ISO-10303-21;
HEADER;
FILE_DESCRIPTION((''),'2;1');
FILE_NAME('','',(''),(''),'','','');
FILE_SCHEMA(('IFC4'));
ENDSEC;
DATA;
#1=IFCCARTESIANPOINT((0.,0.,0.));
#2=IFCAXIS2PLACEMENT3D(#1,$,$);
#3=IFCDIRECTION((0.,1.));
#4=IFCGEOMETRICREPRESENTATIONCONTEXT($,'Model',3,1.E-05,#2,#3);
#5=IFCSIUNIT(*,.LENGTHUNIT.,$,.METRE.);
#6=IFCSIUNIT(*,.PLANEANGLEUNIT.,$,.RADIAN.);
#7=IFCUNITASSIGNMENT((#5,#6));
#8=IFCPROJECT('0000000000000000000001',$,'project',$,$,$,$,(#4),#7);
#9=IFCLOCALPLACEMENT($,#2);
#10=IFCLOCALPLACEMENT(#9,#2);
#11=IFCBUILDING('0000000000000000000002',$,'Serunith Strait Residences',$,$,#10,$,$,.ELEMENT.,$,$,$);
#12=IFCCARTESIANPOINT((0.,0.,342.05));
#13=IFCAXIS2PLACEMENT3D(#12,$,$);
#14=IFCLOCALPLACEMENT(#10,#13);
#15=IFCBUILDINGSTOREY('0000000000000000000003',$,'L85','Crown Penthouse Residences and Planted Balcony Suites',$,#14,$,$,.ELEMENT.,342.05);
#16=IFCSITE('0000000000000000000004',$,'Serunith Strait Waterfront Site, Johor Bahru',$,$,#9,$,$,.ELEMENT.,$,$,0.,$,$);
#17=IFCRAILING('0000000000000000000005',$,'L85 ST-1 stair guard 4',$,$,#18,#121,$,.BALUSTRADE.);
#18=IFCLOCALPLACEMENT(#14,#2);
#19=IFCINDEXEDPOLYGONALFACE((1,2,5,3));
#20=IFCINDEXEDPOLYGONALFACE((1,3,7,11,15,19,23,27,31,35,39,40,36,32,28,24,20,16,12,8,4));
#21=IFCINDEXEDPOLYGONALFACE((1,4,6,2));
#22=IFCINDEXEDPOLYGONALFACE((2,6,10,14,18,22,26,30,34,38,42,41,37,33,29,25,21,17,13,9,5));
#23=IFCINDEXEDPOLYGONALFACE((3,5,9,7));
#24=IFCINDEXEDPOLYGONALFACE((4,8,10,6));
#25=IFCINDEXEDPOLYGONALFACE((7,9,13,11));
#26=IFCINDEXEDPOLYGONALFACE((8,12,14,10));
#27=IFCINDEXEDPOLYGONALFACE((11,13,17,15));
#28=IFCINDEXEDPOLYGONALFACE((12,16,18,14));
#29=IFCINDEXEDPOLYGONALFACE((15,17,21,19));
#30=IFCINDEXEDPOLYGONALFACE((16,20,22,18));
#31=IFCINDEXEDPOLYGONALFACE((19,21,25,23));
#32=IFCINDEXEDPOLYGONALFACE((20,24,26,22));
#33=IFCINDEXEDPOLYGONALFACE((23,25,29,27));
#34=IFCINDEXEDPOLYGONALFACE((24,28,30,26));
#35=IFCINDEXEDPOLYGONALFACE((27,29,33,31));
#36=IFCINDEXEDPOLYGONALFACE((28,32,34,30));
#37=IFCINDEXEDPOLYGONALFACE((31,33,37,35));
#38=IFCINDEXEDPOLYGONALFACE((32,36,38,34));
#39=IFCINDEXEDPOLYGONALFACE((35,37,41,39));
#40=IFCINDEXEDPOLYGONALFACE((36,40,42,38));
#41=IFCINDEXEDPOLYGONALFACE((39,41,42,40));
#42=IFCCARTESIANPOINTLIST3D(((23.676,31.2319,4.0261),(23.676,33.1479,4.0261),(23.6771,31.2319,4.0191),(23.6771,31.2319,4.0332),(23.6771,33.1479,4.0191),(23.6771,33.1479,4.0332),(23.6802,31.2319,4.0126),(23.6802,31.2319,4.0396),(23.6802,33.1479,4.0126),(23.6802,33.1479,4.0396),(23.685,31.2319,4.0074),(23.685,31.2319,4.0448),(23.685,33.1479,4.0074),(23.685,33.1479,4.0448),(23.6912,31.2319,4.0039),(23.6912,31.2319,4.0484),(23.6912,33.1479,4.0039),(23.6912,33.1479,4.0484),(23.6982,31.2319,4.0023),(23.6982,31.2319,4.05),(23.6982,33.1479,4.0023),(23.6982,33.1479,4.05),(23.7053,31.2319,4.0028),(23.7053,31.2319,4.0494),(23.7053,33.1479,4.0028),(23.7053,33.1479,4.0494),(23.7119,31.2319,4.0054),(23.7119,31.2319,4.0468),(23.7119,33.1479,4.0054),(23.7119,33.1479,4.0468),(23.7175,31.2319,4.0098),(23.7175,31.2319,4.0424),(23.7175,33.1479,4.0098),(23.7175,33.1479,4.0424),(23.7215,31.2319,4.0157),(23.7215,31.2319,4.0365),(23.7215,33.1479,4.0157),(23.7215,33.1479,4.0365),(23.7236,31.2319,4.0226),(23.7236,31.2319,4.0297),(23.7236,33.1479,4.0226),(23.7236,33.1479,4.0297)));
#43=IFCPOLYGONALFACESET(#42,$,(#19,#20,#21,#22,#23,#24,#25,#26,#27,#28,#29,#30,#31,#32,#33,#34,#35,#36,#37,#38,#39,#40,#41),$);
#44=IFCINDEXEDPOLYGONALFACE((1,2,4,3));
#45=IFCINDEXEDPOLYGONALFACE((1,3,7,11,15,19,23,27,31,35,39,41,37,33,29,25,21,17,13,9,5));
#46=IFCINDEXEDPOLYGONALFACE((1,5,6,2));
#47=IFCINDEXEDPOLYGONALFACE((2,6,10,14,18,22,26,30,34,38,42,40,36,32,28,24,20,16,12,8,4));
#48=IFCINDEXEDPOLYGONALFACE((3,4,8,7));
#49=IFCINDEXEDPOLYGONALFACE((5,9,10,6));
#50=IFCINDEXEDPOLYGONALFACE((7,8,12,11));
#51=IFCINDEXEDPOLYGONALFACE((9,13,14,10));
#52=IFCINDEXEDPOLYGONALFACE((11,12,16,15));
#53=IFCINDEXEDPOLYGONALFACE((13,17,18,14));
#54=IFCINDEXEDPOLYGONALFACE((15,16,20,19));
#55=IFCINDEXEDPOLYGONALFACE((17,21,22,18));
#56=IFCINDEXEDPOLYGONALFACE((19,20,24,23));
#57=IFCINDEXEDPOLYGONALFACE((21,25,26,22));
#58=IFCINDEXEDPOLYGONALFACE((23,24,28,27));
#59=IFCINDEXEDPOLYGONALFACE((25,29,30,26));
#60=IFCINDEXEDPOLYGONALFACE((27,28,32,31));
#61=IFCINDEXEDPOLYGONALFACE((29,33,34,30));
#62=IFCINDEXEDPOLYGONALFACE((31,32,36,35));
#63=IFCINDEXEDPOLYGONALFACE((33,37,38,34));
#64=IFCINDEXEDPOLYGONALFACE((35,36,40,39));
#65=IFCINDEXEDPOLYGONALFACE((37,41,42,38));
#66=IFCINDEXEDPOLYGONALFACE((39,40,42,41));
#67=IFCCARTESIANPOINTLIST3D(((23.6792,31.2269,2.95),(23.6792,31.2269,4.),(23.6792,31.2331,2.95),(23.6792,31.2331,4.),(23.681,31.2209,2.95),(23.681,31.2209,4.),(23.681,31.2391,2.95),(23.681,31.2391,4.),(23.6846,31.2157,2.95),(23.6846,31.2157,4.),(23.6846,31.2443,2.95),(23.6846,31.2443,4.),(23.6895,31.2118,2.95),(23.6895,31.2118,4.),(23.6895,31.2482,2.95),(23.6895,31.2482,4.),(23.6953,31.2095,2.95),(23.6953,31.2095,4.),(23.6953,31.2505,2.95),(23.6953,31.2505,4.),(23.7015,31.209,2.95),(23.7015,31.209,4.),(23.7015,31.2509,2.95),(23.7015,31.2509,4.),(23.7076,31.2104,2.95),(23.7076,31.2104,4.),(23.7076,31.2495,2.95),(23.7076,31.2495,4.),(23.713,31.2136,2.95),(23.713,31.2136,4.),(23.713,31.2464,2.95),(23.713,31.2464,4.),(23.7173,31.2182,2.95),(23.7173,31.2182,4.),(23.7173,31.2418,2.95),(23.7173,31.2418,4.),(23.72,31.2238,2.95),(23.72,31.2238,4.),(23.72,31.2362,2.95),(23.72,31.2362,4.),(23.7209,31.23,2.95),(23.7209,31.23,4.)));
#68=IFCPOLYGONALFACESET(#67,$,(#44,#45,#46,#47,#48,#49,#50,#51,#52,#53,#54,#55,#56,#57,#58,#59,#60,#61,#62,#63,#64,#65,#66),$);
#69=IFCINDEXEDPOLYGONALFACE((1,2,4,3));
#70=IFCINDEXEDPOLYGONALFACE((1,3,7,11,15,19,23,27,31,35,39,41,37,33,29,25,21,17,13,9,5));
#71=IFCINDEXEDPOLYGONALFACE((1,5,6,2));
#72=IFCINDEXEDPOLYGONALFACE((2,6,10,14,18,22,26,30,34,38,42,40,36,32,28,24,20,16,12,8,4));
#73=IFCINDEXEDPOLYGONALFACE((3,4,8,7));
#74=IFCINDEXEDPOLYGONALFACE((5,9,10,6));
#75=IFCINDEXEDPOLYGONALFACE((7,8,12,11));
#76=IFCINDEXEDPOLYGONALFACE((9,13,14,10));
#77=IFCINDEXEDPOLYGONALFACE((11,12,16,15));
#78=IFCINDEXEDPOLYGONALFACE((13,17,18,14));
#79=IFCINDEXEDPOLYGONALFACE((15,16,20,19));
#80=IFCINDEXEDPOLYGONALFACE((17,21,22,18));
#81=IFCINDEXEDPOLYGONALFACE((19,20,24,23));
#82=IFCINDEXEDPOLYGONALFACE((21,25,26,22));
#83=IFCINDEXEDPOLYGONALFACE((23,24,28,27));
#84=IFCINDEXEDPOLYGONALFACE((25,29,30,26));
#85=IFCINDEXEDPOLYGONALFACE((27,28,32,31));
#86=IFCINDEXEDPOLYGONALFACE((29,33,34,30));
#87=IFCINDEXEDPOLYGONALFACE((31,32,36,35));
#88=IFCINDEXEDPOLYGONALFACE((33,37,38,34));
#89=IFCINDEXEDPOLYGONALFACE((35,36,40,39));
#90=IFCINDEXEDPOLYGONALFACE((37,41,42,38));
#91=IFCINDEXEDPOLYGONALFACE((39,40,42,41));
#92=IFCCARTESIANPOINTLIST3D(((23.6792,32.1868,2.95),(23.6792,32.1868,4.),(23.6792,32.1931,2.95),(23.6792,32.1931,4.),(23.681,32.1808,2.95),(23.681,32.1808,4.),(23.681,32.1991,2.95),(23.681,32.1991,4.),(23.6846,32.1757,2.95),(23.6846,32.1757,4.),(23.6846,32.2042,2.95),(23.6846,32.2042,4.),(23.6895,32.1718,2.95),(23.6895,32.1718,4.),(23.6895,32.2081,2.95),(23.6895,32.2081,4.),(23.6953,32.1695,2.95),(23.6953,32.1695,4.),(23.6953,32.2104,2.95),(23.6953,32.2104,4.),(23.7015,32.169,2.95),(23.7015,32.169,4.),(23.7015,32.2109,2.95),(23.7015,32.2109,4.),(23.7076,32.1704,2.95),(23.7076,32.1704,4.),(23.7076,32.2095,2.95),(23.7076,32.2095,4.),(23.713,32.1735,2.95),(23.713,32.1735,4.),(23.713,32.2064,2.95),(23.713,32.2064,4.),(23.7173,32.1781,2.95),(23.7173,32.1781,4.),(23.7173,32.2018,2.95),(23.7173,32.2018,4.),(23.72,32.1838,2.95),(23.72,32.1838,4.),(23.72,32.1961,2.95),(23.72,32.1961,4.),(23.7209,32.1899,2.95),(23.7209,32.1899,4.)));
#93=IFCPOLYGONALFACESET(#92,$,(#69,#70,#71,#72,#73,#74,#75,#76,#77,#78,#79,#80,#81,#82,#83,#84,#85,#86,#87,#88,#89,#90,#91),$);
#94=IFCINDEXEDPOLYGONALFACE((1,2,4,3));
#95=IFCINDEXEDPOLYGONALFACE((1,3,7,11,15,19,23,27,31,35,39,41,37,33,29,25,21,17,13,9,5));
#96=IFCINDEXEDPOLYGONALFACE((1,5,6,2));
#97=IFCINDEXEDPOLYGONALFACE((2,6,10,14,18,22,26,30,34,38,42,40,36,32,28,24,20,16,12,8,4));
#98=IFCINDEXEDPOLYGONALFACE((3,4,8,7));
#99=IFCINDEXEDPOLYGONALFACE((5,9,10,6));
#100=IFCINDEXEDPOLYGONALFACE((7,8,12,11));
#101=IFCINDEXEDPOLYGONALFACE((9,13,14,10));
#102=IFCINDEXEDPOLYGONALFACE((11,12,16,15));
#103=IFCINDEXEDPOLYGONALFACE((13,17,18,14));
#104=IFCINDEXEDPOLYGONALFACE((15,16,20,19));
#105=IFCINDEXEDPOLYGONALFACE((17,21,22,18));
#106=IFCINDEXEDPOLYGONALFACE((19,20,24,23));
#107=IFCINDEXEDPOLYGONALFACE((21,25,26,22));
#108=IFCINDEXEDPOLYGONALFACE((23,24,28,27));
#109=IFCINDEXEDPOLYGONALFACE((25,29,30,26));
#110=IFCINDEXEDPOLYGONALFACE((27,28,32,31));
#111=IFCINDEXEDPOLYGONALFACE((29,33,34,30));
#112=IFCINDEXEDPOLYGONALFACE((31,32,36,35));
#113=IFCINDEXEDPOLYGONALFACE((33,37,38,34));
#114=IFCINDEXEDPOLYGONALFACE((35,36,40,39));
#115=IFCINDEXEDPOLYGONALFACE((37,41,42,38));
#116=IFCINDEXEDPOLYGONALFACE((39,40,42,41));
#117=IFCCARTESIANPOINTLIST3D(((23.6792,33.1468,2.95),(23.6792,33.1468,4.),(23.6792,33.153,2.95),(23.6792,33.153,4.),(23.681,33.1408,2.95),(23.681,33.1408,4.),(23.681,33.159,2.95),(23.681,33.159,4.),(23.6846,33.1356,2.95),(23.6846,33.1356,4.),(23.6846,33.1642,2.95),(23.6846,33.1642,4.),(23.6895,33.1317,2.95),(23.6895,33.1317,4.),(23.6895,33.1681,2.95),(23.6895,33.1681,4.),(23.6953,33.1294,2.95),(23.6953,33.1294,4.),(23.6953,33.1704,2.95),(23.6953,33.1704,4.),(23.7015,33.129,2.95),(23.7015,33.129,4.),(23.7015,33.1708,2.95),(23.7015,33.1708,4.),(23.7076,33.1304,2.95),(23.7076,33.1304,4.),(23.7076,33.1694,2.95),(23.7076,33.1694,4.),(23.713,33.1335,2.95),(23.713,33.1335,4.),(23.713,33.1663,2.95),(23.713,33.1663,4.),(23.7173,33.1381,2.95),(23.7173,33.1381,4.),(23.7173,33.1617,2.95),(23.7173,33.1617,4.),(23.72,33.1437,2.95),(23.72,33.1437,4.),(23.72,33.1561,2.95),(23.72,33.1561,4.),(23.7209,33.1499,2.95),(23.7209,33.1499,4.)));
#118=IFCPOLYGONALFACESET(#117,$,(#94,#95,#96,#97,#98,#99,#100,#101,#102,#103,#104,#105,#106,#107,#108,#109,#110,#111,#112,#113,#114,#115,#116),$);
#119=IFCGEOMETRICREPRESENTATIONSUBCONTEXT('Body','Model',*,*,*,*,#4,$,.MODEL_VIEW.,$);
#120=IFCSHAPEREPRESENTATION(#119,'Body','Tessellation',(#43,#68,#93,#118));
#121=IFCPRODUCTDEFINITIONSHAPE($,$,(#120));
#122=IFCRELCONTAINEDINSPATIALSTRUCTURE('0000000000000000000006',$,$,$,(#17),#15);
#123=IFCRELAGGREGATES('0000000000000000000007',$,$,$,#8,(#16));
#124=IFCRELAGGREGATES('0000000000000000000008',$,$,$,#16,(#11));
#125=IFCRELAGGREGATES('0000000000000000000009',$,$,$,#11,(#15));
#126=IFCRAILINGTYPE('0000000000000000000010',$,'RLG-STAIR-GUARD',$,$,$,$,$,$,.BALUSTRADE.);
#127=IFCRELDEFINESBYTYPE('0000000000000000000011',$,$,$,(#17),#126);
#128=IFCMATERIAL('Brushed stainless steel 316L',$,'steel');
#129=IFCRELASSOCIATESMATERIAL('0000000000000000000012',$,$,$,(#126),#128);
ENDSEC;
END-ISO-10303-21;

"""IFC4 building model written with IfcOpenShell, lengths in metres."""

from ifc_helpers import new_model, si_unit, direction, frame, origin, origin_2d, place, context, subcontext, project, spatial, circle, extrude, material, type_object, element, save


model = new_model("IFC4")

# Units and contexts
model_context = context("Model", 3, precision=1e-05, world=origin(), true_north=direction((0.0, 1.0)))
body_context = subcontext(model_context, "Body", "Model", "MODEL_VIEW")
ifc_project = project(units=[si_unit("LENGTHUNIT", "METRE"), si_unit("PLANEANGLEUNIT", "RADIAN")], contexts=[model_context])

# Site, building, storey
site_placement = place(None, origin())
site = spatial("IfcSite", under=ifc_project, at=site_placement, Name="Serunith Strait Waterfront Site, Johor Bahru", CompositionType="ELEMENT", RefElevation=0.0)
building_placement = place(site_placement, origin())
building = spatial("IfcBuilding", under=site, at=building_placement, Name="Serunith Strait Residences", CompositionType="ELEMENT")
storey_placement = place(building_placement, frame((0.0, 0.0, 342.05)))
storey = spatial("IfcBuildingStorey", under=building, at=storey_placement, Name="L85", Description="Crown Penthouse Residences and Planted Balcony Suites", CompositionType="ELEMENT", Elevation=342.05)

# Railing
ifc_material_1 = material(Name="Brushed stainless steel 316L", Category="steel")
railing_type_1 = type_object("IfcRailingType", Name="RLG-STAIR-GUARD", PredefinedType="BALUSTRADE", material=ifc_material_1)
for number, where, name in (
    (1, (23.7, 31.23, 2.95), "L85 ST-1 stair guard 4"),
):
    element("IfcRailing", number, at=place(storey_placement, frame(where)), inside=storey, type_object=railing_type_1, Name=name, PredefinedType="BALUSTRADE", context=body_context, shape_type="SweptSolid", body=[
        extrude(circle(Radius=0.0239, at=origin_2d()), frame((0.0, 0.002, 1.0762), z_axis=(0.0, 1.0, 0.0), x_axis=(-1.0, 0.0, 0.0)), (0.0, 0.0, 1.0), 1.916),
        extrude(circle(Radius=0.021, at=origin_2d()), origin(), (0.0, 0.0, 1.0), 1.05),
        extrude(circle(Radius=0.021, at=origin_2d()), frame((0.0, 0.96, 0.0)), (0.0, 0.0, 1.0), 1.05),
        extrude(circle(Radius=0.021, at=origin_2d()), frame((0.0, 1.9199, 0.0)), (0.0, 0.0, 1.0), 1.05),
    ])

save(model, "model.ifc")
